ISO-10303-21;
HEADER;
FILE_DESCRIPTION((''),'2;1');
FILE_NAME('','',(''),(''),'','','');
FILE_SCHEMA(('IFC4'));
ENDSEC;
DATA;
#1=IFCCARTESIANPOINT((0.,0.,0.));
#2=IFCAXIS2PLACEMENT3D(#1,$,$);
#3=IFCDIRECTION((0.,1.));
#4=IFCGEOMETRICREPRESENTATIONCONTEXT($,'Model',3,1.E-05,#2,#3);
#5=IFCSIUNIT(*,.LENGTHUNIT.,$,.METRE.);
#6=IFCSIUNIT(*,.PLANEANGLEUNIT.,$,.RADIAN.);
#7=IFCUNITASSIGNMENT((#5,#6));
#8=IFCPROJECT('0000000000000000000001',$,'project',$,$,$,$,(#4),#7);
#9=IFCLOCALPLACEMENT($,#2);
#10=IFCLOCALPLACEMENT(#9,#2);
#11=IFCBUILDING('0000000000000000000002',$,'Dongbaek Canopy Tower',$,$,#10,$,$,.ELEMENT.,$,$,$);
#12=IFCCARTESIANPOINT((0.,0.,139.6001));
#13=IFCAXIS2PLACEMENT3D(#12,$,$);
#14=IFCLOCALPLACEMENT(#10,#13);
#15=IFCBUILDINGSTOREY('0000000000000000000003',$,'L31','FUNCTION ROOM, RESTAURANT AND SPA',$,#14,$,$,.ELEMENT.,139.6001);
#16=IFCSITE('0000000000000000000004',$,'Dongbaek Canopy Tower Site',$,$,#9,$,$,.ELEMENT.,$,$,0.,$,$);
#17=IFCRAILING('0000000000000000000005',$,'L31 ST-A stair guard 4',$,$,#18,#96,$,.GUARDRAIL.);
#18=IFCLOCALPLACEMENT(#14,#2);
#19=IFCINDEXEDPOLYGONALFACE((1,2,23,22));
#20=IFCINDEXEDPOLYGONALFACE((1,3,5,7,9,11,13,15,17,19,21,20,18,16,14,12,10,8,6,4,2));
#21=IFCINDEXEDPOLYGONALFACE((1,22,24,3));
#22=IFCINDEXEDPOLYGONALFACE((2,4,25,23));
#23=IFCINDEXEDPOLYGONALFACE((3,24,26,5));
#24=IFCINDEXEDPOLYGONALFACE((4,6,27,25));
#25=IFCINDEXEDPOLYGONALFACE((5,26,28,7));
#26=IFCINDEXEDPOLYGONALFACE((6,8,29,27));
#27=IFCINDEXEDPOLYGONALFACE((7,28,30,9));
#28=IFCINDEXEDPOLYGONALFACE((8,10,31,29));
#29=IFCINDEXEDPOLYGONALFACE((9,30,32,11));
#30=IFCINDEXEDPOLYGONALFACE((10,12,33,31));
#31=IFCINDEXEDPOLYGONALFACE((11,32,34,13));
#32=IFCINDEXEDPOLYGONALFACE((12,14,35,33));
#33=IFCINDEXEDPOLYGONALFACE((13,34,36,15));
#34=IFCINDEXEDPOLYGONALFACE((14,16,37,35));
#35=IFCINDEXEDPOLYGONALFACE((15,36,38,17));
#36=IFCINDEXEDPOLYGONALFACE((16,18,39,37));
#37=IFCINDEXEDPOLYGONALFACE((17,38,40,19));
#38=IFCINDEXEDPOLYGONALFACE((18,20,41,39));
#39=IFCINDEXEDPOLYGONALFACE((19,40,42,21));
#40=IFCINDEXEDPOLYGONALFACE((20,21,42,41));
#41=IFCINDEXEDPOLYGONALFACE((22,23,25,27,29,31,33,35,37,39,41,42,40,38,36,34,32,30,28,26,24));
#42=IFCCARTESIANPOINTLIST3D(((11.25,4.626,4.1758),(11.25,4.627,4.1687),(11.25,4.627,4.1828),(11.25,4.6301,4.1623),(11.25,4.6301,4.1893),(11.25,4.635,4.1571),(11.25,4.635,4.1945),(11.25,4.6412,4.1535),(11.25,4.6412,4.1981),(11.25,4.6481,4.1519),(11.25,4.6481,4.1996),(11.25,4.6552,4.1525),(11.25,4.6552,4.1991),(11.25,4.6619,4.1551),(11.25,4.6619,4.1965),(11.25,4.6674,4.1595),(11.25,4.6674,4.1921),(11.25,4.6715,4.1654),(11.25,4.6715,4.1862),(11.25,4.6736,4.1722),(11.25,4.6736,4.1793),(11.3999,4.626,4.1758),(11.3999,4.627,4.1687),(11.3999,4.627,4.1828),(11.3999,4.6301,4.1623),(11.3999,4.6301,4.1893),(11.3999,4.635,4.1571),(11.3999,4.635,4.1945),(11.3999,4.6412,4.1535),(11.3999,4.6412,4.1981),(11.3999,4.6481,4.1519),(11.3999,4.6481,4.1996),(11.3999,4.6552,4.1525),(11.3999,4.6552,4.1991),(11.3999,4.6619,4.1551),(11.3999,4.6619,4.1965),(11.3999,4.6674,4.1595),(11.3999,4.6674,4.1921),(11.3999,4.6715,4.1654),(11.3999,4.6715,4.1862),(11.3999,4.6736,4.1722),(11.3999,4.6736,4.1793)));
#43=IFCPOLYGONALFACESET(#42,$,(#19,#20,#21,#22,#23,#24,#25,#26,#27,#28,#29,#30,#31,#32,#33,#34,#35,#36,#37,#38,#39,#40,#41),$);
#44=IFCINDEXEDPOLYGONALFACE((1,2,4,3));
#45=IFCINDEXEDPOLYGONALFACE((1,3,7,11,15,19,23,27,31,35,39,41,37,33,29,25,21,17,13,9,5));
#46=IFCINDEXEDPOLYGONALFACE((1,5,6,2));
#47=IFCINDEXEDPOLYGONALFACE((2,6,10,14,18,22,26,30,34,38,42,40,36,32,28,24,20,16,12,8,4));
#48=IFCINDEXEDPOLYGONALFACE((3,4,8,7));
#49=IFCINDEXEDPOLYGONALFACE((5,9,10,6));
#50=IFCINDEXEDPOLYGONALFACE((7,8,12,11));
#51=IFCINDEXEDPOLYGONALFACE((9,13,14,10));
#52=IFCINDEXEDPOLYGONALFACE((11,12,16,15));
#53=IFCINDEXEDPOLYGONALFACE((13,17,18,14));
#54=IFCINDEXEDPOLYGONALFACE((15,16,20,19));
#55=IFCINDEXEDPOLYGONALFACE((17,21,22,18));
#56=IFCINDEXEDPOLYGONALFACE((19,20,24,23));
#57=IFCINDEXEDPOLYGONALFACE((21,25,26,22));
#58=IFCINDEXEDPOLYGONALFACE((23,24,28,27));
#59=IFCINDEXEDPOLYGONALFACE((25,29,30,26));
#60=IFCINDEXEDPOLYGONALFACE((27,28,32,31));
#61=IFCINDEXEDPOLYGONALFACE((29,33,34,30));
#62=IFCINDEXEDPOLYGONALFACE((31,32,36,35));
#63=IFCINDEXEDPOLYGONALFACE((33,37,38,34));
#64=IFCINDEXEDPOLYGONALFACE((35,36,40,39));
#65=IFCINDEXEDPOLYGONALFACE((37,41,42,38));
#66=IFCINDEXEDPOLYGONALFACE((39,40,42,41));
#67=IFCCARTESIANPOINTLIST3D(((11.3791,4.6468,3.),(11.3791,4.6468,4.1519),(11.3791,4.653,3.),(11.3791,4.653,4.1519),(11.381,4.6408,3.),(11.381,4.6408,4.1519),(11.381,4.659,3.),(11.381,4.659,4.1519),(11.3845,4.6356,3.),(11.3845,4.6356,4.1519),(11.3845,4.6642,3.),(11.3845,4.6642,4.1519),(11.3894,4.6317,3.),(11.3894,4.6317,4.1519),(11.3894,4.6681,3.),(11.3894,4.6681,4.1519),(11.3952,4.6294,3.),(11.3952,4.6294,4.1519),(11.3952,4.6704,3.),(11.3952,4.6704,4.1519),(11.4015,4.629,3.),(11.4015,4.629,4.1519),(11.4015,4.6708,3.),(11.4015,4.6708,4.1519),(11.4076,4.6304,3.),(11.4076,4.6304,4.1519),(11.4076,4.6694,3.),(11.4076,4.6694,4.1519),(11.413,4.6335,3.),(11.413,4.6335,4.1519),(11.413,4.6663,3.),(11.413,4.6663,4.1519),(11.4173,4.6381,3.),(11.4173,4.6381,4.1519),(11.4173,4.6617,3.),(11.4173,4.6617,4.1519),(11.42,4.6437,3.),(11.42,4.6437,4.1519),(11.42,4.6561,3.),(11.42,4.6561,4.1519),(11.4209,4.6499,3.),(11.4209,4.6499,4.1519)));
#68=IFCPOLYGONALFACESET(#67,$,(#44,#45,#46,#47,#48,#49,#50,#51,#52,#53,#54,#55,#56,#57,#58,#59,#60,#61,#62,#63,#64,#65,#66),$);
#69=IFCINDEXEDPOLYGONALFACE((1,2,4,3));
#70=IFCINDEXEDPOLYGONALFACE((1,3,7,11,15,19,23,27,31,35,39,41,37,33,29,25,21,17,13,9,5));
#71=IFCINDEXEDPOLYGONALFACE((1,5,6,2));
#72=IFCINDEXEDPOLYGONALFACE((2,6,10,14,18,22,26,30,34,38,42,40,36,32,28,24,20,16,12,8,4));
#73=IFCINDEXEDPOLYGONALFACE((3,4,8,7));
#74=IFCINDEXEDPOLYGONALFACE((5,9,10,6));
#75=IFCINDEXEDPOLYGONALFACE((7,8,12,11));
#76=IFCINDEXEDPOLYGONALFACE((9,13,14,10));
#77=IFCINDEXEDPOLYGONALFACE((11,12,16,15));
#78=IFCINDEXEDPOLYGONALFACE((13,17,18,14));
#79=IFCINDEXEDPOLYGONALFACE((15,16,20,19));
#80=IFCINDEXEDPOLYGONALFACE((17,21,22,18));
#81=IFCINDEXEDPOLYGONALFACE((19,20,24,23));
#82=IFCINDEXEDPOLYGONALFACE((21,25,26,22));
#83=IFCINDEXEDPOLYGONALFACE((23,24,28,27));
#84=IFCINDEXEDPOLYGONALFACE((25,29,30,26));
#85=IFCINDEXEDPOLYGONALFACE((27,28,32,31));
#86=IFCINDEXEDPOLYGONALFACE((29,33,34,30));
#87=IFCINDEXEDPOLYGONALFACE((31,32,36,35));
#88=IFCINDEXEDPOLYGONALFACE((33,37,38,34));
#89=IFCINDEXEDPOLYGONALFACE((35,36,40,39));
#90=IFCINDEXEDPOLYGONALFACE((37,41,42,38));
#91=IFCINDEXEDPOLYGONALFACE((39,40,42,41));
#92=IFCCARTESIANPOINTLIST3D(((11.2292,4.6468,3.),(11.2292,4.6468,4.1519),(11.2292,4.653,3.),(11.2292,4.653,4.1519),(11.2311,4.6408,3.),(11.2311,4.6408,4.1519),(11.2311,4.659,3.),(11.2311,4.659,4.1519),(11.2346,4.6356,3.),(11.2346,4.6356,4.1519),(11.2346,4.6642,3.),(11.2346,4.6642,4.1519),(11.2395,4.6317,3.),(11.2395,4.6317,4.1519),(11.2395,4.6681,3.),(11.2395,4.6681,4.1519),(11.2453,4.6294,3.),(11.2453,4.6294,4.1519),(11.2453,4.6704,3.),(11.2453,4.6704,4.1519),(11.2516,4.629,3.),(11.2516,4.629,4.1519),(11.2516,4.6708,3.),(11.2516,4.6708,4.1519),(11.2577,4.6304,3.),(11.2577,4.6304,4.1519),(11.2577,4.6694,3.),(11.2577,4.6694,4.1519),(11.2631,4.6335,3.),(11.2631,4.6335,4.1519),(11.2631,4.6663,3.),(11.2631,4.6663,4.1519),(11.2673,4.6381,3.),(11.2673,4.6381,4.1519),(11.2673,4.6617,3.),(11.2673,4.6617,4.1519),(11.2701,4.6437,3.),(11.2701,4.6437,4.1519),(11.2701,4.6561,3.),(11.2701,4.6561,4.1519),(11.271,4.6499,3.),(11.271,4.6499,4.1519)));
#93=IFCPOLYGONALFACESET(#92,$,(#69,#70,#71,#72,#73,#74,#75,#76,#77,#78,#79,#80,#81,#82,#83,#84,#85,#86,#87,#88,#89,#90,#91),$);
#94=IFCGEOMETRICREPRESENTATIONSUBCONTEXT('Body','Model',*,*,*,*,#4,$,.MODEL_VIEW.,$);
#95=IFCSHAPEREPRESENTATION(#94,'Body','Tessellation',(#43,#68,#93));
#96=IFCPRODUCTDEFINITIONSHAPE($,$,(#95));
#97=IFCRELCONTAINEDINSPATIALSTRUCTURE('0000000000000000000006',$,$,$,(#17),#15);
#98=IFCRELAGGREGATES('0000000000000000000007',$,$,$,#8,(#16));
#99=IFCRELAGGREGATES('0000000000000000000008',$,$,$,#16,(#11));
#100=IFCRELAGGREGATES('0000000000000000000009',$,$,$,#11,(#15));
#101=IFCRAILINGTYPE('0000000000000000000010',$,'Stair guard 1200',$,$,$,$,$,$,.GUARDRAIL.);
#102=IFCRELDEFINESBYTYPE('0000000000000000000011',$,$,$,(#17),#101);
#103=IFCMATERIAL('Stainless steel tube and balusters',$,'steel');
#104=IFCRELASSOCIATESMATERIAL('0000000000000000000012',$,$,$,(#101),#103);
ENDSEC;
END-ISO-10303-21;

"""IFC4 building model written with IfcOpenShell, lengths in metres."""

from ifc_helpers import new_model, si_unit, direction, frame, origin, origin_2d, place, context, subcontext, project, spatial, circle, extrude, material, type_object, element, save


model = new_model("IFC4")

# Units and contexts
model_context = context("Model", 3, precision=1e-05, world=origin(), true_north=direction((0.0, 1.0)))
body_context = subcontext(model_context, "Body", "Model", "MODEL_VIEW")
ifc_project = project(units=[si_unit("LENGTHUNIT", "METRE"), si_unit("PLANEANGLEUNIT", "RADIAN")], contexts=[model_context])

# Site, building, storey
site_placement = place(None, origin())
site = spatial("IfcSite", under=ifc_project, at=site_placement, Name="Dongbaek Canopy Tower Site", CompositionType="ELEMENT", RefElevation=0.0)
building_placement = place(site_placement, origin())
building = spatial("IfcBuilding", under=site, at=building_placement, Name="Dongbaek Canopy Tower", CompositionType="ELEMENT")
storey_placement = place(building_placement, frame((0.0, 0.0, 139.6001)))
storey = spatial("IfcBuildingStorey", under=building, at=storey_placement, Name="L31", Description="FUNCTION ROOM, RESTAURANT AND SPA", CompositionType="ELEMENT", Elevation=139.6001)

# Railing
ifc_material_1 = material(Name="Stainless steel tube and balusters", Category="steel")
railing_type_1 = type_object("IfcRailingType", Name="Stair guard 1200", PredefinedType="GUARDRAIL", material=ifc_material_1)
railing_1_placement = place(storey_placement, frame((11.3999, 4.6499, 3.0)))
element("IfcRailing", 1, at=railing_1_placement, inside=storey, type_object=railing_type_1, Name="L31 ST-A stair guard 4", PredefinedType="GUARDRAIL", context=body_context, shape_type="SweptSolid", body=[
    extrude(circle(Radius=0.0239, at=origin_2d()), frame((0.0, 0.0, 1.1758), z_axis=(-1.0, 0.0, 0.0), x_axis=(0.0, -1.0, 0.0)), (0.0, 0.0, 1.0), 0.1499),
    extrude(circle(Radius=0.021, at=origin_2d()), origin(), (0.0, 0.0, 1.0), 1.1519),
    extrude(circle(Radius=0.021, at=origin_2d()), frame((-0.1499, 0.0, 0.0)), (0.0, 0.0, 1.0), 1.1519),
])

save(model, "model.ifc")
